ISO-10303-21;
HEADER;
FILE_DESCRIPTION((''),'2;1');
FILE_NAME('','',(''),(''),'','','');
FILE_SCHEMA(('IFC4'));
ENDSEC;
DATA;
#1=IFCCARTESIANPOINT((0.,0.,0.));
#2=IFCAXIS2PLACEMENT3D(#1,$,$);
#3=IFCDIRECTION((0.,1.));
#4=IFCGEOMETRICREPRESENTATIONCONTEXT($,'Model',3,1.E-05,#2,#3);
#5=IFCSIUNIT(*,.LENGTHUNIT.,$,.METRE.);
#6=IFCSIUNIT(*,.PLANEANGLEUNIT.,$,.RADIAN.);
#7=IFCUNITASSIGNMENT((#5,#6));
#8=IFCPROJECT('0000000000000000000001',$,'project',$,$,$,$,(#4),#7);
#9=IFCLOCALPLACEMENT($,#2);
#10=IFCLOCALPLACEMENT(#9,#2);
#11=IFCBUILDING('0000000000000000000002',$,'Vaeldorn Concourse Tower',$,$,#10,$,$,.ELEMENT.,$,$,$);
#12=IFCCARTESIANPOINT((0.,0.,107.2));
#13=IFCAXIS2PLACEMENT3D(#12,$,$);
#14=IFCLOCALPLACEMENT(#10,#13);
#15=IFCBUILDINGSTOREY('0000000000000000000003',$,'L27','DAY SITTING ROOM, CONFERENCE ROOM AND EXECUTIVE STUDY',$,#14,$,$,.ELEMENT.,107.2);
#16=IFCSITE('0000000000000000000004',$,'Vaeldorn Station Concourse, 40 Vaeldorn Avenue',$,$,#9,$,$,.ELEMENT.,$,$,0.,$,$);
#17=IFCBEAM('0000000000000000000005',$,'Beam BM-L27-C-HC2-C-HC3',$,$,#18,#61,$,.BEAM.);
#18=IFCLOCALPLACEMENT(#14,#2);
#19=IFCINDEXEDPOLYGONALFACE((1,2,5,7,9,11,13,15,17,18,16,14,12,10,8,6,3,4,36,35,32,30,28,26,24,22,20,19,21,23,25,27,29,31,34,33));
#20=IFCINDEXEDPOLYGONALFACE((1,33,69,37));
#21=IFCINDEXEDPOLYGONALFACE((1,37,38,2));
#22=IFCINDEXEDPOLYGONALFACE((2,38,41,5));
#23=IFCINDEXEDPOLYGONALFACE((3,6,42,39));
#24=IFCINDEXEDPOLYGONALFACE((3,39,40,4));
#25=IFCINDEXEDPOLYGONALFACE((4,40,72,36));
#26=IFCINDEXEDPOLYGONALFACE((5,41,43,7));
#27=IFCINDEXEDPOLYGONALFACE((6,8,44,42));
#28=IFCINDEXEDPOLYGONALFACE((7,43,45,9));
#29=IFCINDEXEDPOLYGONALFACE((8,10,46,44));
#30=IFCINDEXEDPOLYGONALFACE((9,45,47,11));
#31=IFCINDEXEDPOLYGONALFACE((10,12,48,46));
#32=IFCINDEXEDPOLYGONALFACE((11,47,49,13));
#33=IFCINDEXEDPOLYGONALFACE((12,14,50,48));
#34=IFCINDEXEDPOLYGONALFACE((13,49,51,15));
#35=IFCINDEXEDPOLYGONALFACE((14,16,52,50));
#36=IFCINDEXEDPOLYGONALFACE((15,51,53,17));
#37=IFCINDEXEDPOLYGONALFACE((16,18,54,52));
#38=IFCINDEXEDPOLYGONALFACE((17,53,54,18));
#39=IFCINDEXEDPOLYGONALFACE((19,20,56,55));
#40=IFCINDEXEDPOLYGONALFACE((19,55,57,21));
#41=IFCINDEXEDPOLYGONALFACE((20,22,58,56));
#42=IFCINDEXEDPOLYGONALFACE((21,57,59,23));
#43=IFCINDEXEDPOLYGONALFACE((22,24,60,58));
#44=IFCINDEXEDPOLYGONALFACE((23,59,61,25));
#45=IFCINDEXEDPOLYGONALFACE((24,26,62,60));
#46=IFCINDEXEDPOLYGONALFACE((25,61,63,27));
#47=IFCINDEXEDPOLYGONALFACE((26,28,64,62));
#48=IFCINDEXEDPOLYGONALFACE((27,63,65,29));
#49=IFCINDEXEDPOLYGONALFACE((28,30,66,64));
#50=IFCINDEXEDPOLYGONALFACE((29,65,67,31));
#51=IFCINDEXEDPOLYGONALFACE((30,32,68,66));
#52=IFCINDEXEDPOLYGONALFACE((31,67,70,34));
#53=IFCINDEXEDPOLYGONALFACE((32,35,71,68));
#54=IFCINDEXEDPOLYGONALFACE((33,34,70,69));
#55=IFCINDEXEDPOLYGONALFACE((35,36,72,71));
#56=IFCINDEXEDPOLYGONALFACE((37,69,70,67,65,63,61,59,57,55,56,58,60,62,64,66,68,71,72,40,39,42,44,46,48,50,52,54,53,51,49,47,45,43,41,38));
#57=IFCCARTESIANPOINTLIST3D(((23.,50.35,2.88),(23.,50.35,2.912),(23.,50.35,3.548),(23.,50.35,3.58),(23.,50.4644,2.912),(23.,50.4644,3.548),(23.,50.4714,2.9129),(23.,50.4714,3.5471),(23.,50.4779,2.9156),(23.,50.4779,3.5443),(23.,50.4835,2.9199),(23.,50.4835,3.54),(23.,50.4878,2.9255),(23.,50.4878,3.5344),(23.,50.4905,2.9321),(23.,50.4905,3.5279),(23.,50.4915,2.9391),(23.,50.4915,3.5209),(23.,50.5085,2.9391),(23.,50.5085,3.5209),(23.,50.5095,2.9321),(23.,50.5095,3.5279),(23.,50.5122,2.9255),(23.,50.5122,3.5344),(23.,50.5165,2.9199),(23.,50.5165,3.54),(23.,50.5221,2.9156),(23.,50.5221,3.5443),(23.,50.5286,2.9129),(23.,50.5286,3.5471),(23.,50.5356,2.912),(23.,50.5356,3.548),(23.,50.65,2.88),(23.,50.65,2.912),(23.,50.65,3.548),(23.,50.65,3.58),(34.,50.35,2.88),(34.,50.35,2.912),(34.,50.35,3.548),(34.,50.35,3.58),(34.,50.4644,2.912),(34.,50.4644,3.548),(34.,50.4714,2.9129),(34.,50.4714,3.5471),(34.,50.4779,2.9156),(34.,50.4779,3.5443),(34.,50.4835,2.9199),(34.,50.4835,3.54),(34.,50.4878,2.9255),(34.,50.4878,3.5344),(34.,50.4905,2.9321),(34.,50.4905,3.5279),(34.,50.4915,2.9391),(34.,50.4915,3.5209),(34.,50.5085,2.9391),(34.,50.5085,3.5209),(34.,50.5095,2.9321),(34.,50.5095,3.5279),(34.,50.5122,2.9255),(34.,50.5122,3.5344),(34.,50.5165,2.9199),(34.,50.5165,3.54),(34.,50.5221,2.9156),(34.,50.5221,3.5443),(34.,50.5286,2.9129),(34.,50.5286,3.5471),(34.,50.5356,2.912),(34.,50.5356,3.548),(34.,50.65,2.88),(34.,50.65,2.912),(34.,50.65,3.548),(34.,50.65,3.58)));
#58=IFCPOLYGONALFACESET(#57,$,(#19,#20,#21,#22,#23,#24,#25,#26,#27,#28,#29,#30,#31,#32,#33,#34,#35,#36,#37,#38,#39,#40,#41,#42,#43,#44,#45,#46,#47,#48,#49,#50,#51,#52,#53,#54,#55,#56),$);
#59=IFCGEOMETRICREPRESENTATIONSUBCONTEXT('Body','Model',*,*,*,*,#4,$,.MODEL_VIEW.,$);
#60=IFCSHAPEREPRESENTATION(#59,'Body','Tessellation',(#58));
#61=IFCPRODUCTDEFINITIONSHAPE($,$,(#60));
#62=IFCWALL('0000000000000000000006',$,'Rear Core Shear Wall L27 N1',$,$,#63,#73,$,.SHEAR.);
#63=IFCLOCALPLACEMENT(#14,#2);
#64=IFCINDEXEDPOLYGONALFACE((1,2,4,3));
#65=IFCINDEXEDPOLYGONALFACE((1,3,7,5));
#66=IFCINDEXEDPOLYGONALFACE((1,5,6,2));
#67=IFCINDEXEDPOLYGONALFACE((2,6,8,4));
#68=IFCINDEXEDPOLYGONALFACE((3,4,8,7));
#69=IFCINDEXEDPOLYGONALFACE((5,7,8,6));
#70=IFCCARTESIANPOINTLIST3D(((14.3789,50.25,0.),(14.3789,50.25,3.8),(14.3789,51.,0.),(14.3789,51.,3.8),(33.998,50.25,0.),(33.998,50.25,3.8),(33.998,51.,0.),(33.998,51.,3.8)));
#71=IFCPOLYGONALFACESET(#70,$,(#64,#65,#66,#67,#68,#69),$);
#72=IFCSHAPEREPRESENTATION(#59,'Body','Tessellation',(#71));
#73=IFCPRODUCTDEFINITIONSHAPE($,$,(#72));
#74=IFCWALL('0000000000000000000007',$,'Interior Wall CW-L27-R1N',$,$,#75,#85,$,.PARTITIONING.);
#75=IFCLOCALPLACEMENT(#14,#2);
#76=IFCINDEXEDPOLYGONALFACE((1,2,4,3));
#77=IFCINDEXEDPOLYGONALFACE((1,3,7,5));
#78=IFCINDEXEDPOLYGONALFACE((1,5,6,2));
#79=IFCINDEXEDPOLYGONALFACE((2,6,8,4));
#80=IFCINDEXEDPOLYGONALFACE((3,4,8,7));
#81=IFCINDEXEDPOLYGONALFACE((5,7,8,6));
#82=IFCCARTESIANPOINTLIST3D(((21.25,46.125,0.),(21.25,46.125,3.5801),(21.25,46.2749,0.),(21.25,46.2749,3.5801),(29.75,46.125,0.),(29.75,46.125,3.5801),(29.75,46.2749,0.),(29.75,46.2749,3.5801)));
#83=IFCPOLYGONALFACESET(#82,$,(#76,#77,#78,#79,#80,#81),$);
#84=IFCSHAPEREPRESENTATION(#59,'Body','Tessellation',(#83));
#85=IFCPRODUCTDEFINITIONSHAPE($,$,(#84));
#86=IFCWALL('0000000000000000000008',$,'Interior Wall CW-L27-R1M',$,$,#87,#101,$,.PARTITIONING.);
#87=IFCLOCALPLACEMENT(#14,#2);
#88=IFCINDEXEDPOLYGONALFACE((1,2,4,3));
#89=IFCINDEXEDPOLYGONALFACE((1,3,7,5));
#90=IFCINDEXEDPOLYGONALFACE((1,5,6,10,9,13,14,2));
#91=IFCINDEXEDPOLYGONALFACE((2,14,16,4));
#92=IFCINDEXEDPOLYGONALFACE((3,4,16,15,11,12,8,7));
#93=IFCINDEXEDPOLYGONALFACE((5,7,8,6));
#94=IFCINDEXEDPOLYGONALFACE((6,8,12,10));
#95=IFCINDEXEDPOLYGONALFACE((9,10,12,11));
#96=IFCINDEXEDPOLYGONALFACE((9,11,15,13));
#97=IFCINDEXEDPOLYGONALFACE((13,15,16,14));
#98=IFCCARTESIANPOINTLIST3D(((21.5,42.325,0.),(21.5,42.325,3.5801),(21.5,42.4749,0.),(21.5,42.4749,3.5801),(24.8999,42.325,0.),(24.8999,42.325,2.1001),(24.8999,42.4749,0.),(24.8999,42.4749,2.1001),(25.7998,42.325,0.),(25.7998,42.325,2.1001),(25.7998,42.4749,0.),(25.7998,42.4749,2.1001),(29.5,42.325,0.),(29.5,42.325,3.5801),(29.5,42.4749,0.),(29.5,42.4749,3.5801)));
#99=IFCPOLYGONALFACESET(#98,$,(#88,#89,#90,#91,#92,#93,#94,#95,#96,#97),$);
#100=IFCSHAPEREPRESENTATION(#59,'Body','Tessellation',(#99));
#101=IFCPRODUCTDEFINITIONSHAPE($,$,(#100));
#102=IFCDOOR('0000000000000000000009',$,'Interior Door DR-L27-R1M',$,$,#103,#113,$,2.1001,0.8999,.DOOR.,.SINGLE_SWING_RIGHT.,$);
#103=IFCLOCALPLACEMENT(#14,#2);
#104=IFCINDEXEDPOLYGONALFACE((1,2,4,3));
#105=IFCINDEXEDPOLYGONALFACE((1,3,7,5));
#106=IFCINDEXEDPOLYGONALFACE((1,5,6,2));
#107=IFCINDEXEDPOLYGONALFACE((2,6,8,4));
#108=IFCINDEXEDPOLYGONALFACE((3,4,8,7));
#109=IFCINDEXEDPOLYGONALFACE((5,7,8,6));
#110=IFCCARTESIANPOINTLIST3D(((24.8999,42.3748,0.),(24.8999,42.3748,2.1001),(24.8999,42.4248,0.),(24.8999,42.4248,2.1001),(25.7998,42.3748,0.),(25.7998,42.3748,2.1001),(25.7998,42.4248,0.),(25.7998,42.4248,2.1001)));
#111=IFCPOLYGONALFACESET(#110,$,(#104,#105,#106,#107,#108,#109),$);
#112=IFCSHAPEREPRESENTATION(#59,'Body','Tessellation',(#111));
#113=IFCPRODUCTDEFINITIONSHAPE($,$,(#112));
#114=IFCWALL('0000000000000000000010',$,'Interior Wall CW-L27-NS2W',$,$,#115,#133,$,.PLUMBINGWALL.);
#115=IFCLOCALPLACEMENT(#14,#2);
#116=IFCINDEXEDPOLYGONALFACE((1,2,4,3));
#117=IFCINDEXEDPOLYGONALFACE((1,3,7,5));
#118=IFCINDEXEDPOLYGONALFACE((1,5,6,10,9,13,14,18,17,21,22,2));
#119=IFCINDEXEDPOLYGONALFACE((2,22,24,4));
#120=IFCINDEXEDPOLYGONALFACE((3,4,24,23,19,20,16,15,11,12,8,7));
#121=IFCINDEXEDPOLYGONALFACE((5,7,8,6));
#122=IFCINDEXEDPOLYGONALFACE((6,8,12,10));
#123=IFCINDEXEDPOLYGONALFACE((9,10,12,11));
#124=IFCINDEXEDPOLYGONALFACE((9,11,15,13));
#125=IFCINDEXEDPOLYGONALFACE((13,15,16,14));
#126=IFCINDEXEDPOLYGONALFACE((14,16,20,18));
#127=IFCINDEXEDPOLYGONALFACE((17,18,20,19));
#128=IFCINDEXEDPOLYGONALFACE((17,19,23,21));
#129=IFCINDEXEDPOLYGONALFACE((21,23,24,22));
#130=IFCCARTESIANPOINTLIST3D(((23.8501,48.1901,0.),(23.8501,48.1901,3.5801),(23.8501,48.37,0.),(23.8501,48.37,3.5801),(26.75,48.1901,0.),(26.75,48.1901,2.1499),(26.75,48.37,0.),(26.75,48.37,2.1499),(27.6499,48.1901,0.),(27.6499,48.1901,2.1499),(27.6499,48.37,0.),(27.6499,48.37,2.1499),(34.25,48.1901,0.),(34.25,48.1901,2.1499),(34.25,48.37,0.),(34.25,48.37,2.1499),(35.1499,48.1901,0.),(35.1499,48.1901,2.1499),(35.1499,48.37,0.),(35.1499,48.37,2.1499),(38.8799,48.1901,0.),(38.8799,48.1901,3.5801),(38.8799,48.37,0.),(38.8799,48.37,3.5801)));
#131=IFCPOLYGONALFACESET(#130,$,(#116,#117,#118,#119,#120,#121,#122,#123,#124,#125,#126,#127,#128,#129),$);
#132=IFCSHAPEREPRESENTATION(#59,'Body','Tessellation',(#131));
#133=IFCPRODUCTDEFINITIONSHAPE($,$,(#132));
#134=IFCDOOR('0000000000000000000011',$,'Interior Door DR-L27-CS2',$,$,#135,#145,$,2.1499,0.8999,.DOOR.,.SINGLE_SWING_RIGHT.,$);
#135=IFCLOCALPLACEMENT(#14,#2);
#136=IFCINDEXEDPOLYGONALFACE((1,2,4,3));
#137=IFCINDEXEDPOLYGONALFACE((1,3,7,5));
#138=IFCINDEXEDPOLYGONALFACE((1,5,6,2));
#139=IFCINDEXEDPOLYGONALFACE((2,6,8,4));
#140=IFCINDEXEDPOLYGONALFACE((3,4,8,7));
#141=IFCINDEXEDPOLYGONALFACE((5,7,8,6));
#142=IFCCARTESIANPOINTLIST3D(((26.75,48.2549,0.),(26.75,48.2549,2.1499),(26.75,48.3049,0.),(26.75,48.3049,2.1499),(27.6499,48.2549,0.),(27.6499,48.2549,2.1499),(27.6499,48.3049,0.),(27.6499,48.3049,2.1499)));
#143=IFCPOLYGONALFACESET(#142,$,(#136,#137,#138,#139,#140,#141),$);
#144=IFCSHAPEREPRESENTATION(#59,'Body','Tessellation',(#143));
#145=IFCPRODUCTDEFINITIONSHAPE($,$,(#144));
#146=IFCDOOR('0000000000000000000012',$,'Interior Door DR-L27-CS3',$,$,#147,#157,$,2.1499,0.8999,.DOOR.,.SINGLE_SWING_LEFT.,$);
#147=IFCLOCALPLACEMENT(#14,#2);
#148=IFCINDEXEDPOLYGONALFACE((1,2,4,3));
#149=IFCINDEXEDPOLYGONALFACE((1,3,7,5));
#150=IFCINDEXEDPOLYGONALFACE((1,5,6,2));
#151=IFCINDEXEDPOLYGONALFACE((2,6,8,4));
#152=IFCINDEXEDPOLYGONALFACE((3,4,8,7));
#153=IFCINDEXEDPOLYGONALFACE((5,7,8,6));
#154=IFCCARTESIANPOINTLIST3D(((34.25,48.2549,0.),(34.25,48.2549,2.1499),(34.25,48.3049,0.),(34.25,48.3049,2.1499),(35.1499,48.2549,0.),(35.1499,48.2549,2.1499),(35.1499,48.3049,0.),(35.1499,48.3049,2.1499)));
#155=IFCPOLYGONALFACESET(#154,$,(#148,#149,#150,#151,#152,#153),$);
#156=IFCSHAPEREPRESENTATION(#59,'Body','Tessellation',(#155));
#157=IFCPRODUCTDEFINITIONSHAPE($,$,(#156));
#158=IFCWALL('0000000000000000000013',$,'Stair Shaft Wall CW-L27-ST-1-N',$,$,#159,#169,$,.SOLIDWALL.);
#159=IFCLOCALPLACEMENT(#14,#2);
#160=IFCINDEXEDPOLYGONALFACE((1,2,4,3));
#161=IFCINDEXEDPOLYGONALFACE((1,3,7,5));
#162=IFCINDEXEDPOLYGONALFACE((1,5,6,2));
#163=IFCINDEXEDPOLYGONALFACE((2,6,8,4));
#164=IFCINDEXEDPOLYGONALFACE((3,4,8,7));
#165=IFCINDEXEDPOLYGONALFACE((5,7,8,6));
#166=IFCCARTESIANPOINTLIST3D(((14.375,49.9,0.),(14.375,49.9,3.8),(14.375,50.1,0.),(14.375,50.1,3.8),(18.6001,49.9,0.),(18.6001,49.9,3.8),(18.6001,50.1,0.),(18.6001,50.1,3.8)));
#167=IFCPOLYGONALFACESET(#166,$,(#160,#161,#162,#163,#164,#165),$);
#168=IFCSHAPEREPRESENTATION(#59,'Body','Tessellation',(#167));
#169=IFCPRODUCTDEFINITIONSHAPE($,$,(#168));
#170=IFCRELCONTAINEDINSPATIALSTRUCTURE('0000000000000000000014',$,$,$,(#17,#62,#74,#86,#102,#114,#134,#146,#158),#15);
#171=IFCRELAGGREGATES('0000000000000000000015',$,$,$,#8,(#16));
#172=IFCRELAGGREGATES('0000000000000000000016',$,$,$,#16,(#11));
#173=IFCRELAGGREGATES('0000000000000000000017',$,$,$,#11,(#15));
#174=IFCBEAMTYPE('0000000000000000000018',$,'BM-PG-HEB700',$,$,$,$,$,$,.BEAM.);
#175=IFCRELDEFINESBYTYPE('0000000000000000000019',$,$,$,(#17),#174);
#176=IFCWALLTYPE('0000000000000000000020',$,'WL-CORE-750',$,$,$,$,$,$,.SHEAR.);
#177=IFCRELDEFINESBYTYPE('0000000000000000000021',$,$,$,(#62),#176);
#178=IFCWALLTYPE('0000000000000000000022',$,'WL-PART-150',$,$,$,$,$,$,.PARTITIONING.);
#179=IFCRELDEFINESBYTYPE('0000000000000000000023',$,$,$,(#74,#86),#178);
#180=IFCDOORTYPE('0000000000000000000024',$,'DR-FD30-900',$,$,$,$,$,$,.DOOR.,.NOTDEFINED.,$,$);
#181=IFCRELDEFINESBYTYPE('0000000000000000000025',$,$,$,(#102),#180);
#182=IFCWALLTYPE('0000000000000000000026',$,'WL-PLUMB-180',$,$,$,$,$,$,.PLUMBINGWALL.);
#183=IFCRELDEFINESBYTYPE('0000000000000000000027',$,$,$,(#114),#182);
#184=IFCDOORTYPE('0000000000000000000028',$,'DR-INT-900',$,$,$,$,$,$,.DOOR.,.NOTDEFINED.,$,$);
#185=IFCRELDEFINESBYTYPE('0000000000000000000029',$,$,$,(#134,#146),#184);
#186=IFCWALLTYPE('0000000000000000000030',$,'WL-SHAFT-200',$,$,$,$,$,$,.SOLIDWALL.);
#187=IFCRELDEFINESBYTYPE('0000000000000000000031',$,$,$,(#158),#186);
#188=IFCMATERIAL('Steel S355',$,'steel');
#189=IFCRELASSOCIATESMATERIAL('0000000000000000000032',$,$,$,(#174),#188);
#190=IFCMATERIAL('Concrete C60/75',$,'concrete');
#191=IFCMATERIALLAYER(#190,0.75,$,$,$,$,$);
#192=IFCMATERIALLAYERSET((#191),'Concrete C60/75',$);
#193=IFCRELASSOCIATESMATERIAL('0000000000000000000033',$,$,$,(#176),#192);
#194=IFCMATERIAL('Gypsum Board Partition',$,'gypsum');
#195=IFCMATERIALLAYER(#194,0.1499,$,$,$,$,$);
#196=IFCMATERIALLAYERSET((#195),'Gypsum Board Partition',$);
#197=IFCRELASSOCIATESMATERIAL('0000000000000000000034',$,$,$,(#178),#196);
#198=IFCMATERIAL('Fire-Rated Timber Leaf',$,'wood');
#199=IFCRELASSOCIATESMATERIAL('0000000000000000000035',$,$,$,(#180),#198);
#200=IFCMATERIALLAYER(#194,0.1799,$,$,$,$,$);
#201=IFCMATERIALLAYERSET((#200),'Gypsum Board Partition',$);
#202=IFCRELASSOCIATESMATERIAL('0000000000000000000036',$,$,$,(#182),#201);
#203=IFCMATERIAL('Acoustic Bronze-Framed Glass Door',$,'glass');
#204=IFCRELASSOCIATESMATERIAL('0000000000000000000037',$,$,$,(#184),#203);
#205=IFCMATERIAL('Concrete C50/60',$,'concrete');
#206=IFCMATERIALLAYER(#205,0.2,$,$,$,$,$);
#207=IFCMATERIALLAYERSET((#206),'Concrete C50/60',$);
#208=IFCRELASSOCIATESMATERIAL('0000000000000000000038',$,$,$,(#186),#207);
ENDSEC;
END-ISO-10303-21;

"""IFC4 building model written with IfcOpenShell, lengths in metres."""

from ifc_helpers import new_model, si_unit, direction, frame, frame_2d, origin, origin_2d, place, context, subcontext, project, spatial, rectangle, i_section, extrude, source, transform, mapped, material, layer, layer_set, material_profile, profile_set, type_object, element, fill, save


model = new_model("IFC4")

# Units and contexts
model_context = context("Model", 3, precision=1e-05, world=origin(), true_north=direction((0.0, 1.0)))
body_context = subcontext(model_context, "Body", "Model", "MODEL_VIEW")
ifc_project = project(units=[si_unit("LENGTHUNIT", "METRE"), si_unit("PLANEANGLEUNIT", "RADIAN")], contexts=[model_context])

# Site, building, storey
site_placement = place(None, origin())
site = spatial("IfcSite", under=ifc_project, at=site_placement, Name="Vaeldorn Station Concourse, 40 Vaeldorn Avenue", CompositionType="ELEMENT", RefElevation=0.0)
building_placement = place(site_placement, origin())
building = spatial("IfcBuilding", under=site, at=building_placement, Name="Vaeldorn Concourse Tower", CompositionType="ELEMENT")
storey_placement = place(building_placement, frame((0.0, 0.0, 107.2)))
storey = spatial("IfcBuildingStorey", under=building, at=storey_placement, Name="L27", Description="DAY SITTING ROOM, CONFERENCE ROOM AND EXECUTIVE STUDY", CompositionType="ELEMENT", Elevation=107.2)

# Beam
ifc_material_1 = material(Name="Steel S355", Category="steel")
ifc_material_profile_1 = material_profile(ifc_material_1, i_section(OverallWidth=0.3, OverallDepth=0.7, WebThickness=0.0171, FlangeThickness=0.032, FilletRadius=0.0271, at=origin_2d()), Name="HEB 700")
ifc_profile_set_1 = profile_set([ifc_material_profile_1], Name="Steel S355")
beam_type_1 = type_object("IfcBeamType", Name="BM-PG-HEB700", PredefinedType="BEAM", material=ifc_profile_set_1)
shared_shape_1 = source(origin(), body_context, "Body", "SweptSolid", [
    extrude(i_section(OverallWidth=0.3, OverallDepth=0.7, WebThickness=0.0171, FlangeThickness=0.032, FilletRadius=0.0271, at=origin_2d()), origin(), (0.0, 0.0, 1.0), 11.0),
])
beam_1_placement = place(storey_placement, frame((23.0, 50.5, 3.23), z_axis=(1.0, 0.0, 0.0), x_axis=(0.0, 1.0, 0.0)))
element("IfcBeam", 1, at=beam_1_placement, inside=storey, type_object=beam_type_1, Name="Beam BM-L27-C-HC2-C-HC3", PredefinedType="BEAM", context=body_context, shape_type="MappedRepresentation", body=[
    mapped(shared_shape_1, transform((0.0, 0.0, 0.0), scale=1.0)),
])

# Walls
ifc_material_2 = material(Name="Concrete C60/75", Category="concrete")
ifc_layer_1 = layer(ifc_material_2, 0.75)
ifc_layer_set_1 = layer_set([ifc_layer_1], Name="Concrete C60/75")
wall_type_1 = type_object("IfcWallType", Name="WL-CORE-750", PredefinedType="SHEAR", material=ifc_layer_set_1)
wall_1_placement = place(storey_placement, frame((14.3789, 50.625, 0.0), z_axis=(0.0, 0.0, 1.0), x_axis=(1.0, 0.0, 0.0)))
element("IfcWall", 2, at=wall_1_placement, inside=storey, type_object=wall_type_1, Name="Rear Core Shear Wall L27 N1", PredefinedType="SHEAR", context=body_context, shape_type="SweptSolid", body=[
    extrude(rectangle(XDim=19.6191, YDim=0.75, at=frame_2d((9.8096, 0.0))), origin(), (0.0, 0.0, 1.0), 3.8),
])
ifc_material_3 = material(Name="Gypsum Board Partition", Category="gypsum")
ifc_layer_2 = layer(ifc_material_3, 0.1499)
ifc_layer_set_2 = layer_set([ifc_layer_2], Name="Gypsum Board Partition")
wall_type_2 = type_object("IfcWallType", Name="WL-PART-150", PredefinedType="PARTITIONING", material=ifc_layer_set_2)
wall_2_placement = place(storey_placement, frame((21.25, 46.2, 0.0), z_axis=(0.0, 0.0, 1.0), x_axis=(1.0, 0.0, 0.0)))
element("IfcWall", 3, at=wall_2_placement, inside=storey, type_object=wall_type_2, Name="Interior Wall CW-L27-R1N", PredefinedType="PARTITIONING", context=body_context, shape_type="SweptSolid", body=[
    extrude(rectangle(XDim=8.5, YDim=0.1499, at=frame_2d((4.25, 0.0))), origin(), (0.0, 0.0, 1.0), 3.5801),
])

# Wall, opening, door
wall_3_placement = place(storey_placement, frame((21.5, 42.3999, 0.0), z_axis=(0.0, 0.0, 1.0), x_axis=(1.0, 0.0, 0.0)))
wall_3 = element("IfcWall", 4, at=wall_3_placement, inside=storey, type_object=wall_type_2, Name="Interior Wall CW-L27-R1M", PredefinedType="PARTITIONING", context=body_context, shape_type="SweptSolid", body=[
    extrude(rectangle(XDim=8.0, YDim=0.1499, at=frame_2d((4.0, 0.0))), origin(), (0.0, 0.0, 1.0), 3.5801),
])
opening_1_placement = place(wall_3_placement, frame((3.3999, 0.0, 0.0)))
opening_1 = element("IfcOpeningElement", 5, at=opening_1_placement, cuts=wall_3, PredefinedType="OPENING", context=body_context, shape_type="SweptSolid", body=[
    extrude(rectangle(XDim=0.8999, YDim=2.1001, at=frame_2d((0.45, 1.05))), frame((0.0, 0.085, 0.0), z_axis=(0.0, -1.0, 0.0), x_axis=(1.0, 0.0, 0.0)), (0.0, 0.0, 1.0), 0.1699),
])
ifc_material_4 = material(Name="Fire-Rated Timber Leaf", Category="wood")
door_type_1 = type_object("IfcDoorType", Name="DR-FD30-900", OperationType="NOTDEFINED", PredefinedType="DOOR", material=ifc_material_4)
shared_shape_2 = source(origin(), body_context, "Body", "SweptSolid", [
    extrude(rectangle(XDim=0.8999, YDim=2.1001, at=frame_2d((0.45, 1.05))), frame((0.0, 0.0249, 0.0), z_axis=(0.0, -1.0, 0.0), x_axis=(1.0, 0.0, 0.0)), (0.0, 0.0, 1.0), 0.05),
])
door_1_placement = place(opening_1_placement, origin())
door_1 = element("IfcDoor", 6, at=door_1_placement, inside=storey, type_object=door_type_1, Name="Interior Door DR-L27-R1M", OperationType="SINGLE_SWING_RIGHT", OverallHeight=2.1001, OverallWidth=0.8999, PredefinedType="DOOR", context=body_context, shape_type="MappedRepresentation", body=[
    mapped(shared_shape_2, transform((0.0, 0.0, 0.0), scale=1.0)),
])
fill(opening_1, door_1)

# Wall, openings, doors
ifc_layer_3 = layer(ifc_material_3, 0.1799)
ifc_layer_set_3 = layer_set([ifc_layer_3], Name="Gypsum Board Partition")
wall_type_3 = type_object("IfcWallType", Name="WL-PLUMB-180", PredefinedType="PLUMBINGWALL", material=ifc_layer_set_3)
wall_4_placement = place(storey_placement, frame((23.8501, 48.28, 0.0), z_axis=(0.0, 0.0, 1.0), x_axis=(1.0, 0.0, 0.0)))
wall_4 = element("IfcWall", 7, at=wall_4_placement, inside=storey, type_object=wall_type_3, Name="Interior Wall CW-L27-NS2W", PredefinedType="PLUMBINGWALL", context=body_context, shape_type="SweptSolid", body=[
    extrude(rectangle(XDim=15.0298, YDim=0.1799, at=frame_2d((7.5149, 0.0))), origin(), (0.0, 0.0, 1.0), 3.5801),
])
opening_2_placement = place(wall_4_placement, frame((2.8999, 0.0, 0.0)))
opening_2 = element("IfcOpeningElement", 8, at=opening_2_placement, cuts=wall_4, PredefinedType="OPENING", context=body_context, shape_type="SweptSolid", body=[
    extrude(rectangle(XDim=0.8999, YDim=2.1499, at=frame_2d((0.45, 1.075))), frame((0.0, 0.1001, 0.0), z_axis=(0.0, -1.0, 0.0), x_axis=(1.0, 0.0, 0.0)), (0.0, 0.0, 1.0), 0.2),
])
opening_3_placement = place(wall_4_placement, frame((10.3999, 0.0, 0.0)))
opening_3 = element("IfcOpeningElement", 9, at=opening_3_placement, cuts=wall_4, PredefinedType="OPENING", context=body_context, shape_type="SweptSolid", body=[
    extrude(rectangle(XDim=0.8999, YDim=2.1499, at=frame_2d((0.45, 1.075))), frame((0.0, 0.1001, 0.0), z_axis=(0.0, -1.0, 0.0), x_axis=(1.0, 0.0, 0.0)), (0.0, 0.0, 1.0), 0.2),
])
ifc_material_5 = material(Name="Acoustic Bronze-Framed Glass Door", Category="glass")
door_type_2 = type_object("IfcDoorType", Name="DR-INT-900", OperationType="NOTDEFINED", PredefinedType="DOOR", material=ifc_material_5)
shared_shape_3 = source(origin(), body_context, "Body", "SweptSolid", [
    extrude(rectangle(XDim=0.8999, YDim=2.1499, at=frame_2d((0.45, 1.075))), frame((0.0, 0.0249, 0.0), z_axis=(0.0, -1.0, 0.0), x_axis=(1.0, 0.0, 0.0)), (0.0, 0.0, 1.0), 0.05),
])
door_2_placement = place(opening_2_placement, origin())
door_2 = element("IfcDoor", 10, at=door_2_placement, inside=storey, type_object=door_type_2, Name="Interior Door DR-L27-CS2", OperationType="SINGLE_SWING_RIGHT", OverallHeight=2.1499, OverallWidth=0.8999, PredefinedType="DOOR", context=body_context, shape_type="MappedRepresentation", body=[
    mapped(shared_shape_3, transform((0.0, 0.0, 0.0), scale=1.0)),
])
fill(opening_2, door_2)
door_3_placement = place(opening_3_placement, origin())
door_3 = element("IfcDoor", 11, at=door_3_placement, inside=storey, type_object=door_type_2, Name="Interior Door DR-L27-CS3", OperationType="SINGLE_SWING_LEFT", OverallHeight=2.1499, OverallWidth=0.8999, PredefinedType="DOOR", context=body_context, shape_type="MappedRepresentation", body=[
    mapped(shared_shape_3, transform((0.0, 0.0, 0.0), scale=1.0)),
])
fill(opening_3, door_3)

# Wall
ifc_material_6 = material(Name="Concrete C50/60", Category="concrete")
ifc_layer_4 = layer(ifc_material_6, 0.2)
ifc_layer_set_4 = layer_set([ifc_layer_4], Name="Concrete C50/60")
wall_type_4 = type_object("IfcWallType", Name="WL-SHAFT-200", PredefinedType="SOLIDWALL", material=ifc_layer_set_4)
wall_5_placement = place(storey_placement, frame((14.375, 50.0, 0.0), z_axis=(0.0, 0.0, 1.0), x_axis=(1.0, 0.0, 0.0)))
element("IfcWall", 12, at=wall_5_placement, inside=storey, type_object=wall_type_4, Name="Stair Shaft Wall CW-L27-ST-1-N", PredefinedType="SOLIDWALL", context=body_context, shape_type="SweptSolid", body=[
    extrude(rectangle(XDim=4.2251, YDim=0.2, at=frame_2d((2.1125, 0.0))), origin(), (0.0, 0.0, 1.0), 3.8),
])

save(model, "model.ifc")
